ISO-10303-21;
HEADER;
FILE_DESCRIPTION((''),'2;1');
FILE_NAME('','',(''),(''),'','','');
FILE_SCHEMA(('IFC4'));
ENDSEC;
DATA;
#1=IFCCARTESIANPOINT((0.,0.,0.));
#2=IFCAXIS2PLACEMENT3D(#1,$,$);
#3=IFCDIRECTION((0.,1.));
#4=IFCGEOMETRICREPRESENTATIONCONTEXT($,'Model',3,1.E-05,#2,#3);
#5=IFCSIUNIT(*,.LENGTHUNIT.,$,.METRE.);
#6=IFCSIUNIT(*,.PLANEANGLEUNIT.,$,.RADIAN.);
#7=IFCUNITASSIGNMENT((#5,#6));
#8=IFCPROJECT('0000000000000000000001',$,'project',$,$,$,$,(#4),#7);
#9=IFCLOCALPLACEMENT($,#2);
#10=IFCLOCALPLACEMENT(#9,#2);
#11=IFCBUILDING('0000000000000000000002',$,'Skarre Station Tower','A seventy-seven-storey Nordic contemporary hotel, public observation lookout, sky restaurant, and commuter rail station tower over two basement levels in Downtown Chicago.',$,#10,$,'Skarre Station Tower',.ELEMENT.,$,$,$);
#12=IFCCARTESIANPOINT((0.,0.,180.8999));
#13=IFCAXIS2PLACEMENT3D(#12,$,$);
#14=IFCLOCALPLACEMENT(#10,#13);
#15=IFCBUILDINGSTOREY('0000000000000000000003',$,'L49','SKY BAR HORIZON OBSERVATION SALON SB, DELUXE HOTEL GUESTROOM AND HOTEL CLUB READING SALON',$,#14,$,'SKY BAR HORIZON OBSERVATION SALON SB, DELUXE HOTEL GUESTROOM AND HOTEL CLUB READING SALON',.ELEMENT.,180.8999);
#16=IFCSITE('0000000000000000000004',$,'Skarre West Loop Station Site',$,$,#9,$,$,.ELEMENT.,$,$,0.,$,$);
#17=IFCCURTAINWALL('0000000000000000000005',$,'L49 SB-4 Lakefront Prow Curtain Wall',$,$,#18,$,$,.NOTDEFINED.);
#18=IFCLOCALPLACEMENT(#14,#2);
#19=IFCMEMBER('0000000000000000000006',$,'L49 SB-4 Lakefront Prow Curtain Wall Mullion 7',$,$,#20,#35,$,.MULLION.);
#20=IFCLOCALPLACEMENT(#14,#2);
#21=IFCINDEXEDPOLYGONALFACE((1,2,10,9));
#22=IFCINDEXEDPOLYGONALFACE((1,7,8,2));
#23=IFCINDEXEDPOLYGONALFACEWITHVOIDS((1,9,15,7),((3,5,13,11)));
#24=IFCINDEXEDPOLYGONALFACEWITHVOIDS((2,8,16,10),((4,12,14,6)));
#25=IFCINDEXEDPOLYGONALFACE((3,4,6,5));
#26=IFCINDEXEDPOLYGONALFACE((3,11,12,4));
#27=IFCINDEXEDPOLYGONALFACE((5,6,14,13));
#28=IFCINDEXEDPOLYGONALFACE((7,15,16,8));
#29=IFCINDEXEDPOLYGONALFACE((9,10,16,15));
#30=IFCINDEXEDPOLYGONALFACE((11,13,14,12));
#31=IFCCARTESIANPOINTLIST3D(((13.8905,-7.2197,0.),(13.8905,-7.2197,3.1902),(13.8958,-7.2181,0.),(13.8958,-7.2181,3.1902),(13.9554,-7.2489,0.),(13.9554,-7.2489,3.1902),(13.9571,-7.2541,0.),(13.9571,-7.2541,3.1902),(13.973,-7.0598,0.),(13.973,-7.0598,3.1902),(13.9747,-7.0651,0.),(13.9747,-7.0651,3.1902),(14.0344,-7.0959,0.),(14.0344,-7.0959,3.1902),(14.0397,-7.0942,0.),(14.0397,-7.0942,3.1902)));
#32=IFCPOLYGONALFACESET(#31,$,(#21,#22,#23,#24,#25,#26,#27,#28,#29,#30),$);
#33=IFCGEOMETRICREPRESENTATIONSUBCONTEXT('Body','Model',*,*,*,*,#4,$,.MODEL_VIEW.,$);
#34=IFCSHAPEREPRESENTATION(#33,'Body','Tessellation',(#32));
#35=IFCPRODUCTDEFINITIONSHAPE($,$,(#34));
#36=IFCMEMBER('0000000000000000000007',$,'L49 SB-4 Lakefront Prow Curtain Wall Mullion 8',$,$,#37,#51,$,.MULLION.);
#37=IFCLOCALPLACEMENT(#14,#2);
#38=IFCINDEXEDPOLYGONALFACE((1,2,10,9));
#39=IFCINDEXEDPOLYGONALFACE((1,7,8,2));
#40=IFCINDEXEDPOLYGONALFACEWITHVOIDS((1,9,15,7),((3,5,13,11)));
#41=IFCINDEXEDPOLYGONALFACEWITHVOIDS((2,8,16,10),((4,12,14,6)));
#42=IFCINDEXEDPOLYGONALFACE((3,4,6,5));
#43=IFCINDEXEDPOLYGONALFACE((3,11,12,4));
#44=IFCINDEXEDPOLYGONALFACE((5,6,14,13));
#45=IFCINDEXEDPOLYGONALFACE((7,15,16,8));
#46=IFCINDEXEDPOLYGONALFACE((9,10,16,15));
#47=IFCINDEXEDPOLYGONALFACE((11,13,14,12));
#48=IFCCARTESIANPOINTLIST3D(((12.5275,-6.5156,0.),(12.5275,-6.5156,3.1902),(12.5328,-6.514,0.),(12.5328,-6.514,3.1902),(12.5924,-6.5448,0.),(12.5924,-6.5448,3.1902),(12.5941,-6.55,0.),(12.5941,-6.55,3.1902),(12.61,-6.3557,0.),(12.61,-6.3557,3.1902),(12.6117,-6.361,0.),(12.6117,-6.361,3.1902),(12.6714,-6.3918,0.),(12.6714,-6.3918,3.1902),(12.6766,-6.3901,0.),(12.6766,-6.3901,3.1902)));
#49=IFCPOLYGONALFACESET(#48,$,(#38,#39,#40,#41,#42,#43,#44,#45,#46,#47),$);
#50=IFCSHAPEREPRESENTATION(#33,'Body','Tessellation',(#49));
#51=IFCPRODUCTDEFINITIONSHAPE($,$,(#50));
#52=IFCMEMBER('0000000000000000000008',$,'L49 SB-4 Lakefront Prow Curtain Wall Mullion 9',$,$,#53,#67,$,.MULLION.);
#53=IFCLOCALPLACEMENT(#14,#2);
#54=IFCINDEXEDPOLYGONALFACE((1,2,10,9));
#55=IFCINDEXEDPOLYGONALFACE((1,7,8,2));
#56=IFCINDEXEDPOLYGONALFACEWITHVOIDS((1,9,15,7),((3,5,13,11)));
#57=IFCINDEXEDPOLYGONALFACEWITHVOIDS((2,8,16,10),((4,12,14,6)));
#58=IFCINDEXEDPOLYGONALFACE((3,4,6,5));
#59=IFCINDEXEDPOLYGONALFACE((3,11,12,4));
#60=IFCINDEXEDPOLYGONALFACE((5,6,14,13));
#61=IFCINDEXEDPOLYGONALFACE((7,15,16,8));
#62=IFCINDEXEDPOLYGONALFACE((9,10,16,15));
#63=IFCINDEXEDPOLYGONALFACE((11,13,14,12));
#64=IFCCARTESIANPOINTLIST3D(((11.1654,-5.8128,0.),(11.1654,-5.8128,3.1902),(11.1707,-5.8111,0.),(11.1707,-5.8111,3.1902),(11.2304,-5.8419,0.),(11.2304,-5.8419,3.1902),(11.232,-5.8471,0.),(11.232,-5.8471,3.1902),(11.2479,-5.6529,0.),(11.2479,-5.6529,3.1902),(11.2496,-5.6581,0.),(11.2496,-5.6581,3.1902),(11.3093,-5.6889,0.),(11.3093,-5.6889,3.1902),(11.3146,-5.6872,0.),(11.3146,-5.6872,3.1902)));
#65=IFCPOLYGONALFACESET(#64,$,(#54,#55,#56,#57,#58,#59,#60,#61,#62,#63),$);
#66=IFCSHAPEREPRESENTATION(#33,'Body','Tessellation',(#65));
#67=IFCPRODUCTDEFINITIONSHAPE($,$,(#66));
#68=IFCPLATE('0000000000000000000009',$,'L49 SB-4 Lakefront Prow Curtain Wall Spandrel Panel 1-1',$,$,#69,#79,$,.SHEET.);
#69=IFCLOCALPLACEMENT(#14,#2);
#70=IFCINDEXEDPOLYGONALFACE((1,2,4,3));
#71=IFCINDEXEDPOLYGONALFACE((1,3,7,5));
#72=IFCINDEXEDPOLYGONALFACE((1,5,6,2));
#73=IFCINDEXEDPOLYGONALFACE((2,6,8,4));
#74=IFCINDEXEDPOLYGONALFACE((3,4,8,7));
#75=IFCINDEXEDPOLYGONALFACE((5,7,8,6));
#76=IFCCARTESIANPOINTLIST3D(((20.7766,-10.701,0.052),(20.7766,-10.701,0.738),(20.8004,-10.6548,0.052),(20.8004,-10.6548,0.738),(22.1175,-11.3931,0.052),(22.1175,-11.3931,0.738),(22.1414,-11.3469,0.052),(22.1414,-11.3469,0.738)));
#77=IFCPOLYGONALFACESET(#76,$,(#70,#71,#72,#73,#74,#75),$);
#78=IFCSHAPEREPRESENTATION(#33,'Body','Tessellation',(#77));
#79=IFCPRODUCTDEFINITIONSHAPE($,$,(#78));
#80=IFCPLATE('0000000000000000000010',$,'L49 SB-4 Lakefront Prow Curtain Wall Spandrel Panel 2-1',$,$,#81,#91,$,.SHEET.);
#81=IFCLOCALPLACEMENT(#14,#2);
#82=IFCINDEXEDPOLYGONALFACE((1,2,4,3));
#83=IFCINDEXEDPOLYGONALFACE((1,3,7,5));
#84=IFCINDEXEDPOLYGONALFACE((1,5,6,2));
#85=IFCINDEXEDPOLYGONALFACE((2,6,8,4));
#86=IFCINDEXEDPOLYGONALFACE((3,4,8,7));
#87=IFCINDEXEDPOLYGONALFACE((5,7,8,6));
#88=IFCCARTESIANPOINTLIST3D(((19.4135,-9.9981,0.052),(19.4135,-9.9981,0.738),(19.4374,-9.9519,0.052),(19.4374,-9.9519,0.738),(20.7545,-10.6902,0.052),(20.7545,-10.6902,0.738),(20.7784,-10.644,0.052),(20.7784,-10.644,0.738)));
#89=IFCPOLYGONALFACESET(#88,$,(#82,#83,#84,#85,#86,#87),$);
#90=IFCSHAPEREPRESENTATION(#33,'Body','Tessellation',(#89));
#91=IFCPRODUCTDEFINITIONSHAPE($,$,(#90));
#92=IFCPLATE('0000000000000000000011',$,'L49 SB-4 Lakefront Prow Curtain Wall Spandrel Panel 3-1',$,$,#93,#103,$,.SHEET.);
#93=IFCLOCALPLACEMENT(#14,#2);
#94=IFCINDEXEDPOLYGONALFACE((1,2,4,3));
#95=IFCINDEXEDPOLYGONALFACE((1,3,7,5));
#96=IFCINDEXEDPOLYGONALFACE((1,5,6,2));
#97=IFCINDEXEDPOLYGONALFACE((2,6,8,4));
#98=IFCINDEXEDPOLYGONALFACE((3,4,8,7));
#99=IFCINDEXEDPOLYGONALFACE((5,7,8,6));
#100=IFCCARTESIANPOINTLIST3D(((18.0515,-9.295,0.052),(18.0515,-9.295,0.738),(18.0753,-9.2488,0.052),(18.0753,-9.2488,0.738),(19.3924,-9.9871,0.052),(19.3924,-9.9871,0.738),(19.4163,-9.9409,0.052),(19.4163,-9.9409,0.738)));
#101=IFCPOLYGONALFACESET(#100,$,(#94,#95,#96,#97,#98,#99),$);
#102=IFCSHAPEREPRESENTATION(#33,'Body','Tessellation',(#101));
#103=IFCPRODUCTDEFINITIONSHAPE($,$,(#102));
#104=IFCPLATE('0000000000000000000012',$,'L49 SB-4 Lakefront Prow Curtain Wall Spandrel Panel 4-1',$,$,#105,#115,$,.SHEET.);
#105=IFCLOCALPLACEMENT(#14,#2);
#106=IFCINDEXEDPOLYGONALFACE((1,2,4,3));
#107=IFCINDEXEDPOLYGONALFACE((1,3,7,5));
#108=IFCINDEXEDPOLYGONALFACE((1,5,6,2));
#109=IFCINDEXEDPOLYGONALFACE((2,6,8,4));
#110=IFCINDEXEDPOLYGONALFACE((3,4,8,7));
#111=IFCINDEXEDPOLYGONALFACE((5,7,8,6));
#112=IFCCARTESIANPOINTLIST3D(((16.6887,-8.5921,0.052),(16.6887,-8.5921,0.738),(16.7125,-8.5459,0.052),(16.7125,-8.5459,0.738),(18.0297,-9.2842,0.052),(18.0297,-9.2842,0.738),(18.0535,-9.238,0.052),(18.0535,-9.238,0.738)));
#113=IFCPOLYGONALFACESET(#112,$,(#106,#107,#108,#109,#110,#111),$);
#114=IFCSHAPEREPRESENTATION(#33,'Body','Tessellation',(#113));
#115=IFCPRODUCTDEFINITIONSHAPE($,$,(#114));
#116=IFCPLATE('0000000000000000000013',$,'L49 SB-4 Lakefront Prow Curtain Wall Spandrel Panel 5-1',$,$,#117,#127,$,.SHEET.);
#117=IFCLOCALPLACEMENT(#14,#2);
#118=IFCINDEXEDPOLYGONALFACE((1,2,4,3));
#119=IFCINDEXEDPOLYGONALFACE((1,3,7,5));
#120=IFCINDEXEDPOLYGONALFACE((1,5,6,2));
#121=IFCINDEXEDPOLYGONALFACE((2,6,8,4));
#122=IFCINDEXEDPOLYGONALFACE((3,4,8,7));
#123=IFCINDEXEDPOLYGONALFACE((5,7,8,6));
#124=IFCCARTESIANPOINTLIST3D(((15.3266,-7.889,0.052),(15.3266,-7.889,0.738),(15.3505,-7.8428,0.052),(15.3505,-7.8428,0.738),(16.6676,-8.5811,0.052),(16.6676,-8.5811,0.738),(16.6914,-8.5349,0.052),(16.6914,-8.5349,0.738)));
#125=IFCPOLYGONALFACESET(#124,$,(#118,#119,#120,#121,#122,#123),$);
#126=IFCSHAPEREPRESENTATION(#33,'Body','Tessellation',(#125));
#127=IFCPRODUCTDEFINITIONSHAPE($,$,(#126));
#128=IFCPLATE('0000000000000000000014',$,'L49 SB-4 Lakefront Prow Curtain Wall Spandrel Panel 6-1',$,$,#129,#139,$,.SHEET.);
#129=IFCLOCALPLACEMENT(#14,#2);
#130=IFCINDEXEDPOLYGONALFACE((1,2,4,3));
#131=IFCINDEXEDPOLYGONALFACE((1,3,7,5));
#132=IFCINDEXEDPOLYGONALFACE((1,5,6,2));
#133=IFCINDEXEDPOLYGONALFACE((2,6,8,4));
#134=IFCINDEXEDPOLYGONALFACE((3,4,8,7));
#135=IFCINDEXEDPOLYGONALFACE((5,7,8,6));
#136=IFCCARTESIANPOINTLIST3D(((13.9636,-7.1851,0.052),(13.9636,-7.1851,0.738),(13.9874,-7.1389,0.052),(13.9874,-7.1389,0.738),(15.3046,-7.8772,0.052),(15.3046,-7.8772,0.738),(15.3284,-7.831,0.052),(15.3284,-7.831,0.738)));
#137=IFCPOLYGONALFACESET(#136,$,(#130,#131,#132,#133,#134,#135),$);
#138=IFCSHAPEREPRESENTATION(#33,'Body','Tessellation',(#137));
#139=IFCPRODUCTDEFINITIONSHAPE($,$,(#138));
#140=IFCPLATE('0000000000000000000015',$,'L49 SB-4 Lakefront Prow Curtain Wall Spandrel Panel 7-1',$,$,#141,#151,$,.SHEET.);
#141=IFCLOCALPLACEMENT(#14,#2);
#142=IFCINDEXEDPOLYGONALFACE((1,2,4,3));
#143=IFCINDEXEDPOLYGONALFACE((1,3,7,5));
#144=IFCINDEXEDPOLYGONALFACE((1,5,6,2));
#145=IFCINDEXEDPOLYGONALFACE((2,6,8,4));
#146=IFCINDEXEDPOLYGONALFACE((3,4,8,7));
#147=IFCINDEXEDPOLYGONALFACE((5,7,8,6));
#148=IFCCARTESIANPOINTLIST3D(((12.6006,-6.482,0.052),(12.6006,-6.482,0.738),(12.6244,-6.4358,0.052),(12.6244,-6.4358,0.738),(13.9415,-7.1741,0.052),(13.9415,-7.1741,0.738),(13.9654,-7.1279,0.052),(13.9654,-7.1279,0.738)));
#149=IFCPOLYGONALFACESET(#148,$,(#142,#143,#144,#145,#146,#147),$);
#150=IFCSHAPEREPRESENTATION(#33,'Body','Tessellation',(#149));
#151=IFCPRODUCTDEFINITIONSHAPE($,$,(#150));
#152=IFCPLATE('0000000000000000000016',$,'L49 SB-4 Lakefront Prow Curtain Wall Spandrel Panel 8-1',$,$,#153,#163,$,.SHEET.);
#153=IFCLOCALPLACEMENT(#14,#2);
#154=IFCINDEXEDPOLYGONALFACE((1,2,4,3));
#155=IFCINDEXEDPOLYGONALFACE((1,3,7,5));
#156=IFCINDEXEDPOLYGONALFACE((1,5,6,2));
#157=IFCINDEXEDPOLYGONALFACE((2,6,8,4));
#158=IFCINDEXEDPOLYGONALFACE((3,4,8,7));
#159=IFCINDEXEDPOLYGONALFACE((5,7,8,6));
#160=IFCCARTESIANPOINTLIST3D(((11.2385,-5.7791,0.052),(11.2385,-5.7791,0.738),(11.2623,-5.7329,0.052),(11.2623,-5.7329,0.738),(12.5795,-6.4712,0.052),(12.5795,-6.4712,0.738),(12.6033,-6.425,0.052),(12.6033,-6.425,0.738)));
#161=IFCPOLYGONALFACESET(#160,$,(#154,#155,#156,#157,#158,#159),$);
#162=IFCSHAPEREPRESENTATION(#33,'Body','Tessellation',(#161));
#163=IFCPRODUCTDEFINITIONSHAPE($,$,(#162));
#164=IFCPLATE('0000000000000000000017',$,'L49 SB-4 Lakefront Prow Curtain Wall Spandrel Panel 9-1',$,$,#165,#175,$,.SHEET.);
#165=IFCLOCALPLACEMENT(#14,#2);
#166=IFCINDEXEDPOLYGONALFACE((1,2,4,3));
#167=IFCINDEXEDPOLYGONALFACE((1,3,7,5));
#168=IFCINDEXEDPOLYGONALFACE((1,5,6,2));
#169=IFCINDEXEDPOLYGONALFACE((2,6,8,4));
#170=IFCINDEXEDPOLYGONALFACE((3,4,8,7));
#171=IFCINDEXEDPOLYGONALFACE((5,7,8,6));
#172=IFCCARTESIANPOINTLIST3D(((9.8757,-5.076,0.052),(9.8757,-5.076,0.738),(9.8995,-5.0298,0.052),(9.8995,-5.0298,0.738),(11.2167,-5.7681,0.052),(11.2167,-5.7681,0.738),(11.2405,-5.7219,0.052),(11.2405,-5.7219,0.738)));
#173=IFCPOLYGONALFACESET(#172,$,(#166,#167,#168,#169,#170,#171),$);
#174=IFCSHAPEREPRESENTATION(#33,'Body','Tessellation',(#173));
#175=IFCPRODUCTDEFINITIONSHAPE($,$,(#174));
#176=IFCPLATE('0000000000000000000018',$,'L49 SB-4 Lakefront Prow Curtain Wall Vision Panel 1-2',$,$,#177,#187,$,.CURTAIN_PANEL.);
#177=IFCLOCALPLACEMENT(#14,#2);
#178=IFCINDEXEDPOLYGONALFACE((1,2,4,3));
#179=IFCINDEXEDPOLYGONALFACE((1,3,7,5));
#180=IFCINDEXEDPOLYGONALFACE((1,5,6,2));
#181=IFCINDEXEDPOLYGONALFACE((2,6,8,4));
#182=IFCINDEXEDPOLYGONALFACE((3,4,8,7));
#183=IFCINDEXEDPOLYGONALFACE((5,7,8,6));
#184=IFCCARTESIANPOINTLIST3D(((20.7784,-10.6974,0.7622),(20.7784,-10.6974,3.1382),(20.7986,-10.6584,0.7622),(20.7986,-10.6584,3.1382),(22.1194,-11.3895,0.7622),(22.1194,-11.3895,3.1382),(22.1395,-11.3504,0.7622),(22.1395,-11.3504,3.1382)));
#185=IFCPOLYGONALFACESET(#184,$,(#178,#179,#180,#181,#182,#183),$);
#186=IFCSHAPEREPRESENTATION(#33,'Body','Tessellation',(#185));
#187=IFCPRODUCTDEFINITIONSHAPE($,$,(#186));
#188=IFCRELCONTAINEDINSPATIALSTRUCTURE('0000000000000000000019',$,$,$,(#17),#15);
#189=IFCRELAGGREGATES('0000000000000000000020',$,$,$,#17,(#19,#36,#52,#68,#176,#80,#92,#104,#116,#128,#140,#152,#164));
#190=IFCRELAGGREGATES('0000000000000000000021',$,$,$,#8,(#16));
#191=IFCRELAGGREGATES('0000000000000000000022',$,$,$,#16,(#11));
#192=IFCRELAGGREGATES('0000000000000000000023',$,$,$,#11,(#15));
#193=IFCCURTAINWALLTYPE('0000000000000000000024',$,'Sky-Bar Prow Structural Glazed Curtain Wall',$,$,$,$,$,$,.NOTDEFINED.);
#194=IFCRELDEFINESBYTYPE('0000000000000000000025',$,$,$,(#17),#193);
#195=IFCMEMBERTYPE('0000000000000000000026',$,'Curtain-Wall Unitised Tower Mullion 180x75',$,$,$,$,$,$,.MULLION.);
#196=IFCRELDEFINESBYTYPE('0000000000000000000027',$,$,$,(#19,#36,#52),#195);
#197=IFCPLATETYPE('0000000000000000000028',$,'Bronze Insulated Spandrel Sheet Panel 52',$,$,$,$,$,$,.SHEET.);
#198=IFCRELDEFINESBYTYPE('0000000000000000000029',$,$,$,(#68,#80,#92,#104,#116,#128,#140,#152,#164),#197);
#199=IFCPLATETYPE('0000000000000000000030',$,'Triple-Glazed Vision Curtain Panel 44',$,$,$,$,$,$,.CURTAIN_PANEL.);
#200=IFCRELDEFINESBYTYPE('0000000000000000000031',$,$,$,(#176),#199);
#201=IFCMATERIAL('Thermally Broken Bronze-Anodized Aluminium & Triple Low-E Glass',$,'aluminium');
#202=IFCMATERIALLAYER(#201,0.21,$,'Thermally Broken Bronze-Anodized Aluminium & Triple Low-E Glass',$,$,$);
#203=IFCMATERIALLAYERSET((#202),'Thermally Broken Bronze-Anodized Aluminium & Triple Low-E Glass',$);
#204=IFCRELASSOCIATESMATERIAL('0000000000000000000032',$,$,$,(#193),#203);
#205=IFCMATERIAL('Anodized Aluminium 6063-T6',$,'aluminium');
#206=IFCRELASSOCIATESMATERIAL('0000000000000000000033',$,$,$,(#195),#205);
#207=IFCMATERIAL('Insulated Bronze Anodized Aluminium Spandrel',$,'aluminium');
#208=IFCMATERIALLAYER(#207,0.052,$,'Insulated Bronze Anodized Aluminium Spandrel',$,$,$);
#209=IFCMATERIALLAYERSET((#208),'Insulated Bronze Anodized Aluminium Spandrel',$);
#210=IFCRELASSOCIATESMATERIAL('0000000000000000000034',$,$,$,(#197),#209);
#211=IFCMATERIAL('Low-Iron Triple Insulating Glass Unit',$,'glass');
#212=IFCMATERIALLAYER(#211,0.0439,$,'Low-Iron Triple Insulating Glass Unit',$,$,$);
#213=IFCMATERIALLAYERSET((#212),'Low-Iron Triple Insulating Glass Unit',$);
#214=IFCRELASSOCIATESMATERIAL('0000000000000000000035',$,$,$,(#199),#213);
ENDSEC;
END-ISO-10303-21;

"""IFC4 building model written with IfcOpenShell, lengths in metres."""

from ifc_helpers import new_model, si_unit, direction, frame, origin, origin_2d, place, context, subcontext, project, spatial, rectangle, hollow_rectangle, extrude, material, layer, layer_set, material_profile, profile_set, type_object, element, aggregate, save


model = new_model("IFC4")

# Units and contexts
model_context = context("Model", 3, precision=1e-05, world=origin(), true_north=direction((0.0, 1.0)))
body_context = subcontext(model_context, "Body", "Model", "MODEL_VIEW")
ifc_project = project(units=[si_unit("LENGTHUNIT", "METRE"), si_unit("PLANEANGLEUNIT", "RADIAN")], contexts=[model_context])

# Site, building, storey
site_placement = place(None, origin())
site = spatial("IfcSite", under=ifc_project, at=site_placement, Name="Skarre West Loop Station Site", CompositionType="ELEMENT", RefElevation=0.0)
building_placement = place(site_placement, origin())
building = spatial("IfcBuilding", under=site, at=building_placement, Name="Skarre Station Tower", Description="A seventy-seven-storey Nordic contemporary hotel, public observation lookout, sky restaurant, and commuter rail station tower over two basement levels in Downtown Chicago.", LongName="Skarre Station Tower", CompositionType="ELEMENT")
storey_placement = place(building_placement, frame((0.0, 0.0, 180.8999)))
storey = spatial("IfcBuildingStorey", under=building, at=storey_placement, Name="L49", Description="SKY BAR HORIZON OBSERVATION SALON SB, DELUXE HOTEL GUESTROOM AND HOTEL CLUB READING SALON", LongName="SKY BAR HORIZON OBSERVATION SALON SB, DELUXE HOTEL GUESTROOM AND HOTEL CLUB READING SALON", CompositionType="ELEMENT", Elevation=180.8999)

# Curtain wall, members, plates
ifc_material_1 = material(Name="Thermally Broken Bronze-Anodized Aluminium & Triple Low-E Glass", Category="aluminium")
ifc_layer_1 = layer(ifc_material_1, 0.21, Name="Thermally Broken Bronze-Anodized Aluminium & Triple Low-E Glass")
ifc_layer_set_1 = layer_set([ifc_layer_1], Name="Thermally Broken Bronze-Anodized Aluminium & Triple Low-E Glass")
curtain_wall_type = type_object("IfcCurtainWallType", Name="Sky-Bar Prow Structural Glazed Curtain Wall", PredefinedType="NOTDEFINED", material=ifc_layer_set_1)
curtain_wall_placement = place(storey_placement, origin())
curtain_wall = element("IfcCurtainWall", 1, at=curtain_wall_placement, inside=storey, type_object=curtain_wall_type, Name="L49 SB-4 Lakefront Prow Curtain Wall", PredefinedType="NOTDEFINED")
ifc_material_2 = material(Name="Anodized Aluminium 6063-T6", Category="aluminium")
ifc_material_profile_1 = material_profile(ifc_material_2, hollow_rectangle(XDim=0.075, YDim=0.1799, WallThickness=0.0039, at=origin_2d()), Name="Anodized Aluminium 6063-T6")
ifc_profile_set_1 = profile_set([ifc_material_profile_1], Name="Anodized Aluminium 6063-T6")
member_type_1 = type_object("IfcMemberType", Name="Curtain-Wall Unitised Tower Mullion 180x75", PredefinedType="MULLION", material=ifc_profile_set_1)
member_1_placement = place(storey_placement, frame((13.9651, -7.157, 0.0), z_axis=(0.0, 0.0, 1.0), x_axis=(-0.888625, 0.458634, 0.0)))
member_1 = element("IfcMember", 2, at=member_1_placement, type_object=member_type_1, Name="L49 SB-4 Lakefront Prow Curtain Wall Mullion 7", PredefinedType="MULLION", context=body_context, shape_type="SweptSolid", body=[
    extrude(hollow_rectangle(XDim=0.075, YDim=0.1799, WallThickness=0.0039, at=origin_2d()), origin(), (0.0, 0.0, 1.0), 3.1902),
])
member_2_placement = place(storey_placement, frame((12.6021, -6.4529, 0.0), z_axis=(0.0, 0.0, 1.0), x_axis=(-0.888625, 0.458634, 0.0)))
member_2 = element("IfcMember", 3, at=member_2_placement, type_object=member_type_1, Name="L49 SB-4 Lakefront Prow Curtain Wall Mullion 8", PredefinedType="MULLION", context=body_context, shape_type="SweptSolid", body=[
    extrude(hollow_rectangle(XDim=0.075, YDim=0.1799, WallThickness=0.0039, at=origin_2d()), origin(), (0.0, 0.0, 1.0), 3.1902),
])
member_3_placement = place(storey_placement, frame((11.24, -5.75, 0.0), z_axis=(0.0, 0.0, 1.0), x_axis=(-0.888625, 0.458634, 0.0)))
member_3 = element("IfcMember", 4, at=member_3_placement, type_object=member_type_1, Name="L49 SB-4 Lakefront Prow Curtain Wall Mullion 9", PredefinedType="MULLION", context=body_context, shape_type="SweptSolid", body=[
    extrude(hollow_rectangle(XDim=0.075, YDim=0.1799, WallThickness=0.0039, at=origin_2d()), origin(), (0.0, 0.0, 1.0), 3.1902),
])
ifc_material_3 = material(Name="Insulated Bronze Anodized Aluminium Spandrel", Category="aluminium")
ifc_layer_2 = layer(ifc_material_3, 0.052, Name="Insulated Bronze Anodized Aluminium Spandrel")
ifc_layer_set_2 = layer_set([ifc_layer_2], Name="Insulated Bronze Anodized Aluminium Spandrel")
plate_type_1 = type_object("IfcPlateType", Name="Bronze Insulated Spandrel Sheet Panel 52", PredefinedType="SHEET", material=ifc_layer_set_2)
plate_1_placement = place(storey_placement, frame((21.459, -11.0239, 0.052), z_axis=(0.0, 0.0, 1.0), x_axis=(-0.888625, 0.458634, 0.0)))
plate_1 = element("IfcPlate", 5, at=plate_1_placement, type_object=plate_type_1, Name="L49 SB-4 Lakefront Prow Curtain Wall Spandrel Panel 1-1", PredefinedType="SHEET", context=body_context, shape_type="SweptSolid", body=[
    extrude(rectangle(XDim=1.509, YDim=0.052, at=origin_2d()), origin(), (0.0, 0.0, 1.0), 0.686),
])
plate_2_placement = place(storey_placement, frame((20.0959, -10.321, 0.052), z_axis=(0.0, 0.0, 1.0), x_axis=(-0.888625, 0.458634, 0.0)))
plate_2 = element("IfcPlate", 6, at=plate_2_placement, type_object=plate_type_1, Name="L49 SB-4 Lakefront Prow Curtain Wall Spandrel Panel 2-1", PredefinedType="SHEET", context=body_context, shape_type="SweptSolid", body=[
    extrude(rectangle(XDim=1.509, YDim=0.052, at=origin_2d()), origin(), (0.0, 0.0, 1.0), 0.686),
])
plate_3_placement = place(storey_placement, frame((18.7339, -9.6179, 0.052), z_axis=(0.0, 0.0, 1.0), x_axis=(-0.888625, 0.458634, 0.0)))
plate_3 = element("IfcPlate", 7, at=plate_3_placement, type_object=plate_type_1, Name="L49 SB-4 Lakefront Prow Curtain Wall Spandrel Panel 3-1", PredefinedType="SHEET", context=body_context, shape_type="SweptSolid", body=[
    extrude(rectangle(XDim=1.509, YDim=0.052, at=origin_2d()), origin(), (0.0, 0.0, 1.0), 0.686),
])
plate_4_placement = place(storey_placement, frame((17.3711, -8.915, 0.052), z_axis=(0.0, 0.0, 1.0), x_axis=(-0.888625, 0.458634, 0.0)))
plate_4 = element("IfcPlate", 8, at=plate_4_placement, type_object=plate_type_1, Name="L49 SB-4 Lakefront Prow Curtain Wall Spandrel Panel 4-1", PredefinedType="SHEET", context=body_context, shape_type="SweptSolid", body=[
    extrude(rectangle(XDim=1.509, YDim=0.052, at=origin_2d()), origin(), (0.0, 0.0, 1.0), 0.686),
])
plate_5_placement = place(storey_placement, frame((16.009, -8.2119, 0.052), z_axis=(0.0, 0.0, 1.0), x_axis=(-0.888625, 0.458634, 0.0)))
plate_5 = element("IfcPlate", 9, at=plate_5_placement, type_object=plate_type_1, Name="L49 SB-4 Lakefront Prow Curtain Wall Spandrel Panel 5-1", PredefinedType="SHEET", context=body_context, shape_type="SweptSolid", body=[
    extrude(rectangle(XDim=1.509, YDim=0.052, at=origin_2d()), origin(), (0.0, 0.0, 1.0), 0.686),
])
plate_6_placement = place(storey_placement, frame((14.646, -7.5081, 0.052), z_axis=(0.0, 0.0, 1.0), x_axis=(-0.888625, 0.458634, 0.0)))
plate_6 = element("IfcPlate", 10, at=plate_6_placement, type_object=plate_type_1, Name="L49 SB-4 Lakefront Prow Curtain Wall Spandrel Panel 6-1", PredefinedType="SHEET", context=body_context, shape_type="SweptSolid", body=[
    extrude(rectangle(XDim=1.509, YDim=0.052, at=origin_2d()), origin(), (0.0, 0.0, 1.0), 0.686),
])
plate_7_placement = place(storey_placement, frame((13.283, -6.8049, 0.052), z_axis=(0.0, 0.0, 1.0), x_axis=(-0.888625, 0.458634, 0.0)))
plate_7 = element("IfcPlate", 11, at=plate_7_placement, type_object=plate_type_1, Name="L49 SB-4 Lakefront Prow Curtain Wall Spandrel Panel 7-1", PredefinedType="SHEET", context=body_context, shape_type="SweptSolid", body=[
    extrude(rectangle(XDim=1.509, YDim=0.052, at=origin_2d()), origin(), (0.0, 0.0, 1.0), 0.686),
])
plate_8_placement = place(storey_placement, frame((11.9209, -6.1021, 0.052), z_axis=(0.0, 0.0, 1.0), x_axis=(-0.888625, 0.458634, 0.0)))
plate_8 = element("IfcPlate", 12, at=plate_8_placement, type_object=plate_type_1, Name="L49 SB-4 Lakefront Prow Curtain Wall Spandrel Panel 8-1", PredefinedType="SHEET", context=body_context, shape_type="SweptSolid", body=[
    extrude(rectangle(XDim=1.509, YDim=0.052, at=origin_2d()), origin(), (0.0, 0.0, 1.0), 0.686),
])
plate_9_placement = place(storey_placement, frame((10.5581, -5.3989, 0.052), z_axis=(0.0, 0.0, 1.0), x_axis=(-0.888625, 0.458634, 0.0)))
plate_9 = element("IfcPlate", 13, at=plate_9_placement, type_object=plate_type_1, Name="L49 SB-4 Lakefront Prow Curtain Wall Spandrel Panel 9-1", PredefinedType="SHEET", context=body_context, shape_type="SweptSolid", body=[
    extrude(rectangle(XDim=1.509, YDim=0.052, at=origin_2d()), origin(), (0.0, 0.0, 1.0), 0.686),
])
ifc_material_4 = material(Name="Low-Iron Triple Insulating Glass Unit", Category="glass")
ifc_layer_3 = layer(ifc_material_4, 0.0439, Name="Low-Iron Triple Insulating Glass Unit")
ifc_layer_set_3 = layer_set([ifc_layer_3], Name="Low-Iron Triple Insulating Glass Unit")
plate_type_2 = type_object("IfcPlateType", Name="Triple-Glazed Vision Curtain Panel 44", PredefinedType="CURTAIN_PANEL", material=ifc_layer_set_3)
plate_10_placement = place(storey_placement, frame((21.459, -11.0239, 0.7622), z_axis=(0.0, 0.0, 1.0), x_axis=(-0.888625, 0.458634, 0.0)))
plate_10 = element("IfcPlate", 14, at=plate_10_placement, type_object=plate_type_2, Name="L49 SB-4 Lakefront Prow Curtain Wall Vision Panel 1-2", PredefinedType="CURTAIN_PANEL", context=body_context, shape_type="SweptSolid", body=[
    extrude(rectangle(XDim=1.509, YDim=0.0439, at=origin_2d()), origin(), (0.0, 0.0, 1.0), 2.376),
])
aggregate(curtain_wall, [member_1, member_2, member_3, plate_1, plate_10, plate_2, plate_3, plate_4, plate_5, plate_6, plate_7, plate_8, plate_9])

save(model, "model.ifc")
